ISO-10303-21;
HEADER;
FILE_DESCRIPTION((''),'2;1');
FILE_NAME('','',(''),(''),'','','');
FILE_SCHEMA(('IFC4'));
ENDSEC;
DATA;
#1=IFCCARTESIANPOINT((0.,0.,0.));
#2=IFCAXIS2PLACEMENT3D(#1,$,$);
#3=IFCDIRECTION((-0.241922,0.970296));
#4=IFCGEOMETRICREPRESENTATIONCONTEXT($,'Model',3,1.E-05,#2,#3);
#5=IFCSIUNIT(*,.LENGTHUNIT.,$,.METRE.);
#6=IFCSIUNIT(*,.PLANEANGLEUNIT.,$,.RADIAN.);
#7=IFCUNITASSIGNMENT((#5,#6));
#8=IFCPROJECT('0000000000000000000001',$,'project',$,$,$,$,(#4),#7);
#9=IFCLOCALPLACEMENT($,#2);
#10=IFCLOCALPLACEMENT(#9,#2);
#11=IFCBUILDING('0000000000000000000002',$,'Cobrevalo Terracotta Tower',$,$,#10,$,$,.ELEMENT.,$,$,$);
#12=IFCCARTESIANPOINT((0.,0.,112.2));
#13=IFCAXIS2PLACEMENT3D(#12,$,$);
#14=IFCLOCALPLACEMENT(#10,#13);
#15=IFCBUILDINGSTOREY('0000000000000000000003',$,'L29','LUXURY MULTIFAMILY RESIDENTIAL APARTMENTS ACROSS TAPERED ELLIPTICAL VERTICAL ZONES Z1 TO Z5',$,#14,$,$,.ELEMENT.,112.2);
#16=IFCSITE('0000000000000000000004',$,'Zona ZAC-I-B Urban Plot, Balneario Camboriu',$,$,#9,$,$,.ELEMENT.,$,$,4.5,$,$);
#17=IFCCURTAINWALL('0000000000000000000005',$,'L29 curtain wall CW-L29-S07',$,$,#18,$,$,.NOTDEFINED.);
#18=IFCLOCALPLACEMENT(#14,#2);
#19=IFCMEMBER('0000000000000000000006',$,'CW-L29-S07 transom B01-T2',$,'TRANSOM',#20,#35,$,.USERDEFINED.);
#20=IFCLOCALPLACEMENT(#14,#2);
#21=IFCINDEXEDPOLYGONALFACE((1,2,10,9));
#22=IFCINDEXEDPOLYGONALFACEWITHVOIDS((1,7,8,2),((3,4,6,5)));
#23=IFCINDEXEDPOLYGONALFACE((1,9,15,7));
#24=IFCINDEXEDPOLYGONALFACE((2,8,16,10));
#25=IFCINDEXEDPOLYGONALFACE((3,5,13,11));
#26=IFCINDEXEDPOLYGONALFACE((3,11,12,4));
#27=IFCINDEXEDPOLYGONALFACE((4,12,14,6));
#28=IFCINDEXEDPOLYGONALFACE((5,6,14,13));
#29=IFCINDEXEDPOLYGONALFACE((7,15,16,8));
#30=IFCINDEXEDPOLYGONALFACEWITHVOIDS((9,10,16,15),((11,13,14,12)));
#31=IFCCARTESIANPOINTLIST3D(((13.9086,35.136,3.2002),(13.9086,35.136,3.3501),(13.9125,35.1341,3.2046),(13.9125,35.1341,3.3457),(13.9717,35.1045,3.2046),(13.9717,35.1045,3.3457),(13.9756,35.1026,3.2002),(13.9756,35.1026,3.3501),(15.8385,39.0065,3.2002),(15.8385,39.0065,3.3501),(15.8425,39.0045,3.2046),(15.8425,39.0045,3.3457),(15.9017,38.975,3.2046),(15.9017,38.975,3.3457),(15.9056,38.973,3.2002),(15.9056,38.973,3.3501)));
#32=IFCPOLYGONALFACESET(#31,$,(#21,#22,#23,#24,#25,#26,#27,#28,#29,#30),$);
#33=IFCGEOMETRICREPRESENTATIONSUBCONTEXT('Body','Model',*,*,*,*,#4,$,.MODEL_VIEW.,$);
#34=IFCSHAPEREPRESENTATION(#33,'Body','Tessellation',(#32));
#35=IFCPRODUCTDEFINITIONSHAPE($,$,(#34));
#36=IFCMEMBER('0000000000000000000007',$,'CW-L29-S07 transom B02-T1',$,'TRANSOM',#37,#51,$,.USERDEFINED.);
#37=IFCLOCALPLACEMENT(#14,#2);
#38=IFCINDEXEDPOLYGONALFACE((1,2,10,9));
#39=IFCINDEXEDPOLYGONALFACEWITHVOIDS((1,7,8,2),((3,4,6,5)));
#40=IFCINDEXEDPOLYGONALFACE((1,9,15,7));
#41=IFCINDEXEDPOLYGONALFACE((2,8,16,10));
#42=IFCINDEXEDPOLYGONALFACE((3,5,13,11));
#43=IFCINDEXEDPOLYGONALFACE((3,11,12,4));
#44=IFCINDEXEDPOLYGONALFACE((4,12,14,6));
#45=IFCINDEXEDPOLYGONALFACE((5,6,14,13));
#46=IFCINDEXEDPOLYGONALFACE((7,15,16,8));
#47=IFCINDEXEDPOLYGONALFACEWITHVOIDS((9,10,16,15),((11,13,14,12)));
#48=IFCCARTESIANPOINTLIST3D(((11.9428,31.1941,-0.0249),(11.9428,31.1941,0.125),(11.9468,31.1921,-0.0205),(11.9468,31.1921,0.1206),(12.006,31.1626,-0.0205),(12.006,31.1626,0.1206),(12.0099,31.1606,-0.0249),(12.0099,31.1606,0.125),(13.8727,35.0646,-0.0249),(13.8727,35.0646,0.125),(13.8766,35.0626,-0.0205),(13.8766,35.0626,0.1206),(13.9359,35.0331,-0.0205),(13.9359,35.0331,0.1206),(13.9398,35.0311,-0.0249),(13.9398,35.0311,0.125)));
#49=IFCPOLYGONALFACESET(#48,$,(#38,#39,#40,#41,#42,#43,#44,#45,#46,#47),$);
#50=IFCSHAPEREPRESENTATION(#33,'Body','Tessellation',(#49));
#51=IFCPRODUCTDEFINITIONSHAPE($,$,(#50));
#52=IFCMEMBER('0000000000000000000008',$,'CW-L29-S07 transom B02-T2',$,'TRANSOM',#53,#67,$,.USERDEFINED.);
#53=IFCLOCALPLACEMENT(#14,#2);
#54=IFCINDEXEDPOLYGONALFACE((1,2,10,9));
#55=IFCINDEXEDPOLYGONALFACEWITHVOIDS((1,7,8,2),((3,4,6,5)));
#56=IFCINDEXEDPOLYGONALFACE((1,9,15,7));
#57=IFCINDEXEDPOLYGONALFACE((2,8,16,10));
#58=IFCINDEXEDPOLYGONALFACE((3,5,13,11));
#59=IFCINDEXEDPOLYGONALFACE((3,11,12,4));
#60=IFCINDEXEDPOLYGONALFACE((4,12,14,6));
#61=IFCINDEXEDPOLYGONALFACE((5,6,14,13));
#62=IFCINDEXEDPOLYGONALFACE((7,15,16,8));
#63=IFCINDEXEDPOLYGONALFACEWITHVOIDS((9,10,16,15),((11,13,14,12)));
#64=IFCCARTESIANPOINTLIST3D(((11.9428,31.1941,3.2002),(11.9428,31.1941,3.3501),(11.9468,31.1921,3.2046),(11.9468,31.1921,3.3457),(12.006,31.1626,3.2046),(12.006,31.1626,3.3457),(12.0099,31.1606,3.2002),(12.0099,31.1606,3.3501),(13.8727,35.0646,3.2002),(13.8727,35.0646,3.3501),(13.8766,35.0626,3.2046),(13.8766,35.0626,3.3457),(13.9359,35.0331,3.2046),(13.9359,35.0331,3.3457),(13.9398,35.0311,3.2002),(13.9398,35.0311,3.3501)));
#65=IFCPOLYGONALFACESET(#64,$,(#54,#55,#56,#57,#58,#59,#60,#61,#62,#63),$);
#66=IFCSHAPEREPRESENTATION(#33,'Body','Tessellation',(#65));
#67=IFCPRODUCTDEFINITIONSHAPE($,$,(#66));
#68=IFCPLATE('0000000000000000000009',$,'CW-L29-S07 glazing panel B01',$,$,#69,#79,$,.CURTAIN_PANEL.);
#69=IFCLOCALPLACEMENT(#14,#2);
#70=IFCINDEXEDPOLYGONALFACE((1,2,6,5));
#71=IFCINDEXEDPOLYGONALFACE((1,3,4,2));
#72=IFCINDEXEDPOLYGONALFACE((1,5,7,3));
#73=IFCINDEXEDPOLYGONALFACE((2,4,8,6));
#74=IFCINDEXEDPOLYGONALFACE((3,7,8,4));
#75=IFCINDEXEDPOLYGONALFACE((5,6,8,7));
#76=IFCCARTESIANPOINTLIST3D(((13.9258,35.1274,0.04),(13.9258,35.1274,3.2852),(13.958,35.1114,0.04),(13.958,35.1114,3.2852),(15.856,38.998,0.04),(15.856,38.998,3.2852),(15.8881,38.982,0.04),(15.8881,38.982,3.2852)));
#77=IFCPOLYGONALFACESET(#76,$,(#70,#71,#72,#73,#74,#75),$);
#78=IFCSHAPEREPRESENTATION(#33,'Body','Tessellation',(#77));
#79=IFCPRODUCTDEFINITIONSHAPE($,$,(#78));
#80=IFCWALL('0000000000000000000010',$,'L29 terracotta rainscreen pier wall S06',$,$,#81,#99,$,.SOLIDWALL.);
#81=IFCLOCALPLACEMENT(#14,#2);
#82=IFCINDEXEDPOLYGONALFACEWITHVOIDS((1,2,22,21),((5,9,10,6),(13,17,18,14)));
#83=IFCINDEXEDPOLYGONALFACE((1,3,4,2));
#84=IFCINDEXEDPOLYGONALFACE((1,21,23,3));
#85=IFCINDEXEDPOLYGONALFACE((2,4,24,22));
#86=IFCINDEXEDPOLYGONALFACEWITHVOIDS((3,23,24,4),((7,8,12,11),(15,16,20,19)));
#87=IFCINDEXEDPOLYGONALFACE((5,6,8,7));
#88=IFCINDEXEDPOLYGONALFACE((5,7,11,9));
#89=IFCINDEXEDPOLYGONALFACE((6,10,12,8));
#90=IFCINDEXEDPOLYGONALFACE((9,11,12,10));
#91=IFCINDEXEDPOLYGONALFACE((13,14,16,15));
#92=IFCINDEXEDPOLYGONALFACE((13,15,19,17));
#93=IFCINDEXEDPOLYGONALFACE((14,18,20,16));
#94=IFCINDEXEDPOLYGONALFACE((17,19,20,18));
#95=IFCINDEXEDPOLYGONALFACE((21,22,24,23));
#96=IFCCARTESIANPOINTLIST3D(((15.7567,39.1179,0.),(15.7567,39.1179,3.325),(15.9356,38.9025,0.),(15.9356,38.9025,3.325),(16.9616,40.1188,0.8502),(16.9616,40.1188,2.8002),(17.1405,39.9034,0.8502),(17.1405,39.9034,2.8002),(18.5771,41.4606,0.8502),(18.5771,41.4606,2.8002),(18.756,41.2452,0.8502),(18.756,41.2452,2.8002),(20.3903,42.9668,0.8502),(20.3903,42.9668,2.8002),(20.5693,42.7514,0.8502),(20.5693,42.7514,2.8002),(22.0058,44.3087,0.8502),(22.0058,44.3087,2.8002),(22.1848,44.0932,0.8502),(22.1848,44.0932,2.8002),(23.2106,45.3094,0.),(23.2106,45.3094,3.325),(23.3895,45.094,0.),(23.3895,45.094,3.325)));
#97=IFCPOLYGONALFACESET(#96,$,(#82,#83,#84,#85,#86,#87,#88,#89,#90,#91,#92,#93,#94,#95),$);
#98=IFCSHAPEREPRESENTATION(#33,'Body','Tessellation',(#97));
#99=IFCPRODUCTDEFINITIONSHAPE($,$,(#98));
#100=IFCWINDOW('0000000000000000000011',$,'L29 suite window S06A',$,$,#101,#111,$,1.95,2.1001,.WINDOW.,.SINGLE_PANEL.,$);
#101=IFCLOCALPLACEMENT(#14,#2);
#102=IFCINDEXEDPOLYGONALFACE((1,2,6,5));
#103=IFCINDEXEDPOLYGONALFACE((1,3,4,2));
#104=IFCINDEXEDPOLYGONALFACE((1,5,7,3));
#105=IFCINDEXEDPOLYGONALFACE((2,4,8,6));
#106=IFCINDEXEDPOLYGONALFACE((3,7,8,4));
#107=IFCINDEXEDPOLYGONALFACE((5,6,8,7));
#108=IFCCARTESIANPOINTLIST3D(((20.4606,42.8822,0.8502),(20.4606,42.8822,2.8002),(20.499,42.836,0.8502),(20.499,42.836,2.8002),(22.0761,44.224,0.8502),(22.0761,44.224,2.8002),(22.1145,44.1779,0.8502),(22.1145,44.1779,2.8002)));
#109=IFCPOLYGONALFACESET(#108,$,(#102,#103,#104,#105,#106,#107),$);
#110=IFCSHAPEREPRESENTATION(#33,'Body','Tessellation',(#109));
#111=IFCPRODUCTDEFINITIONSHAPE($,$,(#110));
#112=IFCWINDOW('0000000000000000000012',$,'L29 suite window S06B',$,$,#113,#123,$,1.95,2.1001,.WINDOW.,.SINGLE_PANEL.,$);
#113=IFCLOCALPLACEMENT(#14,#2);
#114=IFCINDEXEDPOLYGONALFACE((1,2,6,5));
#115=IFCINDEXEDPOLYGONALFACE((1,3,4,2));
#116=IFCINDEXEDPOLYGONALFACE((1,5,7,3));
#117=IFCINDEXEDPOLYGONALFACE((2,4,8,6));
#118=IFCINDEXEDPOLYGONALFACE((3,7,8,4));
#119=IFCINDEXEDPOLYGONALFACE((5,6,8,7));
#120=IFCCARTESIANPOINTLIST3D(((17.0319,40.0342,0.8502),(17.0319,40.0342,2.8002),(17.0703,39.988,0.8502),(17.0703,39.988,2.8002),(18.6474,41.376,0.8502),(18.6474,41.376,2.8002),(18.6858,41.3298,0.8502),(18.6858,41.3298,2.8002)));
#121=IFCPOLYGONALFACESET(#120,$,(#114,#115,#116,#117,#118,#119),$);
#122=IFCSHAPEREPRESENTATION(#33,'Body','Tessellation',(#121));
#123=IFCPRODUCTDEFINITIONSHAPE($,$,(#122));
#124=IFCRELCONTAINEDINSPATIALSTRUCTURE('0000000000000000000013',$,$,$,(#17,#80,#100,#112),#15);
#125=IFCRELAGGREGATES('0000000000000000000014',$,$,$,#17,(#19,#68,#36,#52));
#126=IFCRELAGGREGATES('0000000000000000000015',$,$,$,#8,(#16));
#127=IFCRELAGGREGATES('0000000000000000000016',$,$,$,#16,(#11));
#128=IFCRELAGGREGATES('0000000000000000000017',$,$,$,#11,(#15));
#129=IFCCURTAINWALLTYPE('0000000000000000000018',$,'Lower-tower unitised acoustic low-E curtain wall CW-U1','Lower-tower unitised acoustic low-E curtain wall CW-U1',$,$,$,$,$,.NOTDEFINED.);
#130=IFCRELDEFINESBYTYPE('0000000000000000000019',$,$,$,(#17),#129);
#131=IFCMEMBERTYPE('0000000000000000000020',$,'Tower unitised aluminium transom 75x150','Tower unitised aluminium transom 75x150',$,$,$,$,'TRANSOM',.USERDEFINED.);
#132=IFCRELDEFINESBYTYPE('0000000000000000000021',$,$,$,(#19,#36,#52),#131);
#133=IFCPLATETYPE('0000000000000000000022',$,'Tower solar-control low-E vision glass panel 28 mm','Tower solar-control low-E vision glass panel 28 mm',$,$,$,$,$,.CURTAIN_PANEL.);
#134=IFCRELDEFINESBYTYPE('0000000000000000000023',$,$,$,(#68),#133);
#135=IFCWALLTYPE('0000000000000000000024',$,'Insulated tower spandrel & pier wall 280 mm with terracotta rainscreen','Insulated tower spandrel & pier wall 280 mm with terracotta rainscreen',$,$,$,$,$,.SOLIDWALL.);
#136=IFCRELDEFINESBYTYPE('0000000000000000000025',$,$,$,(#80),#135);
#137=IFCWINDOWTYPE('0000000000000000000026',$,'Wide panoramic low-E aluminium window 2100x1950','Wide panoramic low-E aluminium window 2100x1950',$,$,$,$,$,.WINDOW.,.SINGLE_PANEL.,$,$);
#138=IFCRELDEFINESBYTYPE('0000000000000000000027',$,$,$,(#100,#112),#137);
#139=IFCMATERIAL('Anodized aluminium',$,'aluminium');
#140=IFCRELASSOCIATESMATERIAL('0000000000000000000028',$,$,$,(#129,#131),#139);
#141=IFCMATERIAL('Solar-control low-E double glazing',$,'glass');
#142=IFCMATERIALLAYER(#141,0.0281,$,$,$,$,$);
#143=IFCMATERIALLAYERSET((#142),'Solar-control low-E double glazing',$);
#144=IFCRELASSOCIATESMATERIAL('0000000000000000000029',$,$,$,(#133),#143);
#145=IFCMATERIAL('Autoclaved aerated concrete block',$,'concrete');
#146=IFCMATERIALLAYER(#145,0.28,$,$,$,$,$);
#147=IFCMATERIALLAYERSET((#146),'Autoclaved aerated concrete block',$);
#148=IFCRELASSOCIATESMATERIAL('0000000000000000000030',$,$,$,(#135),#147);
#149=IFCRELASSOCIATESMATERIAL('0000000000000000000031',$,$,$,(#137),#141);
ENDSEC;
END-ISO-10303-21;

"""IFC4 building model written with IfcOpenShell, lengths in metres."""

from ifc_helpers import new_model, si_unit, direction, frame, frame_2d, origin, origin_2d, place, context, subcontext, project, spatial, rectangle, hollow_rectangle, extrude, source, transform, mapped, material, layer, layer_set, material_profile, profile_set, type_object, element, fill, aggregate, save


model = new_model("IFC4")

# Units and contexts
model_context = context("Model", 3, precision=1e-05, world=origin(), true_north=direction((-0.241922, 0.970296)))
body_context = subcontext(model_context, "Body", "Model", "MODEL_VIEW")
ifc_project = project(units=[si_unit("LENGTHUNIT", "METRE"), si_unit("PLANEANGLEUNIT", "RADIAN")], contexts=[model_context])

# Site, building, storey
site_placement = place(None, origin())
site = spatial("IfcSite", under=ifc_project, at=site_placement, Name="Zona ZAC-I-B Urban Plot, Balneario Camboriu", CompositionType="ELEMENT", RefElevation=4.5)
building_placement = place(site_placement, origin())
building = spatial("IfcBuilding", under=site, at=building_placement, Name="Cobrevalo Terracotta Tower", CompositionType="ELEMENT")
storey_placement = place(building_placement, frame((0.0, 0.0, 112.2)))
storey = spatial("IfcBuildingStorey", under=building, at=storey_placement, Name="L29", Description="LUXURY MULTIFAMILY RESIDENTIAL APARTMENTS ACROSS TAPERED ELLIPTICAL VERTICAL ZONES Z1 TO Z5", CompositionType="ELEMENT", Elevation=112.2)

# Shared definitions
ifc_material_1 = material(Name="Anodized aluminium", Category="aluminium")
curtain_wall_type = type_object("IfcCurtainWallType", Name="Lower-tower unitised acoustic low-E curtain wall CW-U1", Description="Lower-tower unitised acoustic low-E curtain wall CW-U1", PredefinedType="NOTDEFINED", material=ifc_material_1)

# Curtain wall, members, plate
curtain_wall_1_placement = place(storey_placement, origin())
curtain_wall_1 = element("IfcCurtainWall", 1, at=curtain_wall_1_placement, inside=storey, type_object=curtain_wall_type, Name="L29 curtain wall CW-L29-S07", PredefinedType="NOTDEFINED")
ifc_material_profile_1 = material_profile(ifc_material_1, hollow_rectangle(XDim=0.075, YDim=0.1499, WallThickness=0.0044, at=origin_2d()), Name="CWT 75x150")
ifc_profile_set_1 = profile_set([ifc_material_profile_1], Name="Anodized aluminium")
member_type_1 = type_object("IfcMemberType", Name="Tower unitised aluminium transom 75x150", Description="Tower unitised aluminium transom 75x150", ElementType="TRANSOM", PredefinedType="USERDEFINED", material=ifc_profile_set_1)
shared_shape_1 = source(origin(), body_context, "Body", "SweptSolid", [
    extrude(hollow_rectangle(XDim=0.075, YDim=0.1499, WallThickness=0.0044, at=origin_2d()), origin(), (0.0, 0.0, 1.0), 4.325),
])
member_1_placement = place(storey_placement, frame((15.8721, 38.9897, 3.2751), z_axis=(-0.446242, -0.894912, 0.0), x_axis=(0.894912, -0.446242, 0.0)))
member_1 = element("IfcMember", 2, at=member_1_placement, type_object=member_type_1, Name="CW-L29-S07 transom B01-T2", ObjectType="TRANSOM", PredefinedType="USERDEFINED", context=body_context, shape_type="MappedRepresentation", body=[
    mapped(shared_shape_1, transform((0.0, 0.0, 0.0), scale=1.0)),
])
member_2_placement = place(storey_placement, frame((13.9062, 35.0479, 0.05), z_axis=(-0.44622, -0.894923, 0.0), x_axis=(0.894923, -0.44622, 0.0)))
member_2 = element("IfcMember", 3, at=member_2_placement, type_object=member_type_1, Name="CW-L29-S07 transom B02-T1", ObjectType="TRANSOM", PredefinedType="USERDEFINED", context=body_context, shape_type="MappedRepresentation", body=[
    mapped(shared_shape_1, transform((0.0, 0.0, 0.0), scale=1.0)),
])
member_3_placement = place(storey_placement, frame((13.9062, 35.0479, 3.2751), z_axis=(-0.44622, -0.894923, 0.0), x_axis=(0.894923, -0.44622, 0.0)))
member_3 = element("IfcMember", 4, at=member_3_placement, type_object=member_type_1, Name="CW-L29-S07 transom B02-T2", ObjectType="TRANSOM", PredefinedType="USERDEFINED", context=body_context, shape_type="MappedRepresentation", body=[
    mapped(shared_shape_1, transform((0.0, 0.0, 0.0), scale=1.0)),
])
ifc_material_2 = material(Name="Solar-control low-E double glazing", Category="glass")
ifc_layer_1 = layer(ifc_material_2, 0.0281)
ifc_layer_set_1 = layer_set([ifc_layer_1], Name="Solar-control low-E double glazing")
plate_type = type_object("IfcPlateType", Name="Tower solar-control low-E vision glass panel 28 mm", Description="Tower solar-control low-E vision glass panel 28 mm", PredefinedType="CURTAIN_PANEL", material=ifc_layer_set_1)
shared_shape_2 = source(origin(), body_context, "Body", "SweptSolid", [
    extrude(rectangle(XDim=4.3252, YDim=0.0359, at=origin_2d()), origin(), (0.0, 0.0, 1.0), 3.2451),
])
plate_placement = place(storey_placement, frame((14.907, 37.0547, 0.04), z_axis=(0.0, 0.0, 1.0), x_axis=(-0.446262, -0.894902, 0.0)))
plate = element("IfcPlate", 5, at=plate_placement, type_object=plate_type, Name="CW-L29-S07 glazing panel B01", PredefinedType="CURTAIN_PANEL", context=body_context, shape_type="MappedRepresentation", body=[
    mapped(shared_shape_2, transform((0.0, 0.0, 0.0), scale=1.0)),
])
aggregate(curtain_wall_1, [member_1, plate, member_2, member_3])

# Wall, openings, windows
ifc_material_3 = material(Name="Autoclaved aerated concrete block", Category="concrete")
ifc_layer_2 = layer(ifc_material_3, 0.28)
ifc_layer_set_2 = layer_set([ifc_layer_2], Name="Autoclaved aerated concrete block")
wall_type_1 = type_object("IfcWallType", Name="Insulated tower spandrel & pier wall 280 mm with terracotta rainscreen", Description="Insulated tower spandrel & pier wall 280 mm with terracotta rainscreen", PredefinedType="SOLIDWALL", material=ifc_layer_set_2)
wall_1_placement = place(storey_placement, frame((23.3, 45.2017, 0.0), z_axis=(0.0, 0.0, 1.0), x_axis=(-0.769243, -0.638957, 0.0)))
wall_1 = element("IfcWall", 6, at=wall_1_placement, inside=storey, type_object=wall_type_1, Name="L29 terracotta rainscreen pier wall S06", PredefinedType="SOLIDWALL", context=body_context, shape_type="SweptSolid", body=[
    extrude(rectangle(XDim=9.6899, YDim=0.28, at=frame_2d((4.845, 0.0))), origin(), (0.0, 0.0, 1.0), 3.325),
])
opening_1_placement = place(wall_1_placement, frame((1.5662, 0.0, 0.8501)))
opening_1 = element("IfcOpeningElement", 7, at=opening_1_placement, cuts=wall_1, PredefinedType="OPENING", context=body_context, shape_type="SweptSolid", body=[
    extrude(rectangle(XDim=2.1001, YDim=1.95, at=frame_2d((1.05, 0.9751))), frame((0.0, 0.1499, 0.0), z_axis=(0.0, -1.0, 0.0), x_axis=(1.0, 0.0, 0.0)), (0.0, 0.0, 1.0), 0.3),
])
opening_2_placement = place(wall_1_placement, frame((6.0234, 0.0, 0.8501)))
opening_2 = element("IfcOpeningElement", 8, at=opening_2_placement, cuts=wall_1, PredefinedType="OPENING", context=body_context, shape_type="SweptSolid", body=[
    extrude(rectangle(XDim=2.1001, YDim=1.95, at=frame_2d((1.05, 0.9751))), frame((0.0, 0.1499, 0.0), z_axis=(0.0, -1.0, 0.0), x_axis=(1.0, 0.0, 0.0)), (0.0, 0.0, 1.0), 0.3),
])
window_type = type_object("IfcWindowType", Name="Wide panoramic low-E aluminium window 2100x1950", Description="Wide panoramic low-E aluminium window 2100x1950", PartitioningType="SINGLE_PANEL", PredefinedType="WINDOW", material=ifc_material_2)
shared_shape_3 = source(origin(), body_context, "Body", "SweptSolid", [
    extrude(rectangle(XDim=2.1001, YDim=1.95, at=frame_2d((1.05, 0.9751))), frame((0.0, 0.03, 0.0), z_axis=(0.0, -1.0, 0.0), x_axis=(1.0, 0.0, 0.0)), (0.0, 0.0, 1.0), 0.0601),
])
window_1_placement = place(opening_1_placement, origin())
window_1 = element("IfcWindow", 9, at=window_1_placement, inside=storey, type_object=window_type, Name="L29 suite window S06A", OverallHeight=1.95, OverallWidth=2.1001, PartitioningType="SINGLE_PANEL", PredefinedType="WINDOW", context=body_context, shape_type="MappedRepresentation", body=[
    mapped(shared_shape_3, transform((0.0, 0.0, 0.0), scale=1.0)),
])
fill(opening_1, window_1)
window_2_placement = place(opening_2_placement, origin())
window_2 = element("IfcWindow", 10, at=window_2_placement, inside=storey, type_object=window_type, Name="L29 suite window S06B", OverallHeight=1.95, OverallWidth=2.1001, PartitioningType="SINGLE_PANEL", PredefinedType="WINDOW", context=body_context, shape_type="MappedRepresentation", body=[
    mapped(shared_shape_3, transform((0.0, 0.0, 0.0), scale=1.0)),
])
fill(opening_2, window_2)

save(model, "model.ifc")
